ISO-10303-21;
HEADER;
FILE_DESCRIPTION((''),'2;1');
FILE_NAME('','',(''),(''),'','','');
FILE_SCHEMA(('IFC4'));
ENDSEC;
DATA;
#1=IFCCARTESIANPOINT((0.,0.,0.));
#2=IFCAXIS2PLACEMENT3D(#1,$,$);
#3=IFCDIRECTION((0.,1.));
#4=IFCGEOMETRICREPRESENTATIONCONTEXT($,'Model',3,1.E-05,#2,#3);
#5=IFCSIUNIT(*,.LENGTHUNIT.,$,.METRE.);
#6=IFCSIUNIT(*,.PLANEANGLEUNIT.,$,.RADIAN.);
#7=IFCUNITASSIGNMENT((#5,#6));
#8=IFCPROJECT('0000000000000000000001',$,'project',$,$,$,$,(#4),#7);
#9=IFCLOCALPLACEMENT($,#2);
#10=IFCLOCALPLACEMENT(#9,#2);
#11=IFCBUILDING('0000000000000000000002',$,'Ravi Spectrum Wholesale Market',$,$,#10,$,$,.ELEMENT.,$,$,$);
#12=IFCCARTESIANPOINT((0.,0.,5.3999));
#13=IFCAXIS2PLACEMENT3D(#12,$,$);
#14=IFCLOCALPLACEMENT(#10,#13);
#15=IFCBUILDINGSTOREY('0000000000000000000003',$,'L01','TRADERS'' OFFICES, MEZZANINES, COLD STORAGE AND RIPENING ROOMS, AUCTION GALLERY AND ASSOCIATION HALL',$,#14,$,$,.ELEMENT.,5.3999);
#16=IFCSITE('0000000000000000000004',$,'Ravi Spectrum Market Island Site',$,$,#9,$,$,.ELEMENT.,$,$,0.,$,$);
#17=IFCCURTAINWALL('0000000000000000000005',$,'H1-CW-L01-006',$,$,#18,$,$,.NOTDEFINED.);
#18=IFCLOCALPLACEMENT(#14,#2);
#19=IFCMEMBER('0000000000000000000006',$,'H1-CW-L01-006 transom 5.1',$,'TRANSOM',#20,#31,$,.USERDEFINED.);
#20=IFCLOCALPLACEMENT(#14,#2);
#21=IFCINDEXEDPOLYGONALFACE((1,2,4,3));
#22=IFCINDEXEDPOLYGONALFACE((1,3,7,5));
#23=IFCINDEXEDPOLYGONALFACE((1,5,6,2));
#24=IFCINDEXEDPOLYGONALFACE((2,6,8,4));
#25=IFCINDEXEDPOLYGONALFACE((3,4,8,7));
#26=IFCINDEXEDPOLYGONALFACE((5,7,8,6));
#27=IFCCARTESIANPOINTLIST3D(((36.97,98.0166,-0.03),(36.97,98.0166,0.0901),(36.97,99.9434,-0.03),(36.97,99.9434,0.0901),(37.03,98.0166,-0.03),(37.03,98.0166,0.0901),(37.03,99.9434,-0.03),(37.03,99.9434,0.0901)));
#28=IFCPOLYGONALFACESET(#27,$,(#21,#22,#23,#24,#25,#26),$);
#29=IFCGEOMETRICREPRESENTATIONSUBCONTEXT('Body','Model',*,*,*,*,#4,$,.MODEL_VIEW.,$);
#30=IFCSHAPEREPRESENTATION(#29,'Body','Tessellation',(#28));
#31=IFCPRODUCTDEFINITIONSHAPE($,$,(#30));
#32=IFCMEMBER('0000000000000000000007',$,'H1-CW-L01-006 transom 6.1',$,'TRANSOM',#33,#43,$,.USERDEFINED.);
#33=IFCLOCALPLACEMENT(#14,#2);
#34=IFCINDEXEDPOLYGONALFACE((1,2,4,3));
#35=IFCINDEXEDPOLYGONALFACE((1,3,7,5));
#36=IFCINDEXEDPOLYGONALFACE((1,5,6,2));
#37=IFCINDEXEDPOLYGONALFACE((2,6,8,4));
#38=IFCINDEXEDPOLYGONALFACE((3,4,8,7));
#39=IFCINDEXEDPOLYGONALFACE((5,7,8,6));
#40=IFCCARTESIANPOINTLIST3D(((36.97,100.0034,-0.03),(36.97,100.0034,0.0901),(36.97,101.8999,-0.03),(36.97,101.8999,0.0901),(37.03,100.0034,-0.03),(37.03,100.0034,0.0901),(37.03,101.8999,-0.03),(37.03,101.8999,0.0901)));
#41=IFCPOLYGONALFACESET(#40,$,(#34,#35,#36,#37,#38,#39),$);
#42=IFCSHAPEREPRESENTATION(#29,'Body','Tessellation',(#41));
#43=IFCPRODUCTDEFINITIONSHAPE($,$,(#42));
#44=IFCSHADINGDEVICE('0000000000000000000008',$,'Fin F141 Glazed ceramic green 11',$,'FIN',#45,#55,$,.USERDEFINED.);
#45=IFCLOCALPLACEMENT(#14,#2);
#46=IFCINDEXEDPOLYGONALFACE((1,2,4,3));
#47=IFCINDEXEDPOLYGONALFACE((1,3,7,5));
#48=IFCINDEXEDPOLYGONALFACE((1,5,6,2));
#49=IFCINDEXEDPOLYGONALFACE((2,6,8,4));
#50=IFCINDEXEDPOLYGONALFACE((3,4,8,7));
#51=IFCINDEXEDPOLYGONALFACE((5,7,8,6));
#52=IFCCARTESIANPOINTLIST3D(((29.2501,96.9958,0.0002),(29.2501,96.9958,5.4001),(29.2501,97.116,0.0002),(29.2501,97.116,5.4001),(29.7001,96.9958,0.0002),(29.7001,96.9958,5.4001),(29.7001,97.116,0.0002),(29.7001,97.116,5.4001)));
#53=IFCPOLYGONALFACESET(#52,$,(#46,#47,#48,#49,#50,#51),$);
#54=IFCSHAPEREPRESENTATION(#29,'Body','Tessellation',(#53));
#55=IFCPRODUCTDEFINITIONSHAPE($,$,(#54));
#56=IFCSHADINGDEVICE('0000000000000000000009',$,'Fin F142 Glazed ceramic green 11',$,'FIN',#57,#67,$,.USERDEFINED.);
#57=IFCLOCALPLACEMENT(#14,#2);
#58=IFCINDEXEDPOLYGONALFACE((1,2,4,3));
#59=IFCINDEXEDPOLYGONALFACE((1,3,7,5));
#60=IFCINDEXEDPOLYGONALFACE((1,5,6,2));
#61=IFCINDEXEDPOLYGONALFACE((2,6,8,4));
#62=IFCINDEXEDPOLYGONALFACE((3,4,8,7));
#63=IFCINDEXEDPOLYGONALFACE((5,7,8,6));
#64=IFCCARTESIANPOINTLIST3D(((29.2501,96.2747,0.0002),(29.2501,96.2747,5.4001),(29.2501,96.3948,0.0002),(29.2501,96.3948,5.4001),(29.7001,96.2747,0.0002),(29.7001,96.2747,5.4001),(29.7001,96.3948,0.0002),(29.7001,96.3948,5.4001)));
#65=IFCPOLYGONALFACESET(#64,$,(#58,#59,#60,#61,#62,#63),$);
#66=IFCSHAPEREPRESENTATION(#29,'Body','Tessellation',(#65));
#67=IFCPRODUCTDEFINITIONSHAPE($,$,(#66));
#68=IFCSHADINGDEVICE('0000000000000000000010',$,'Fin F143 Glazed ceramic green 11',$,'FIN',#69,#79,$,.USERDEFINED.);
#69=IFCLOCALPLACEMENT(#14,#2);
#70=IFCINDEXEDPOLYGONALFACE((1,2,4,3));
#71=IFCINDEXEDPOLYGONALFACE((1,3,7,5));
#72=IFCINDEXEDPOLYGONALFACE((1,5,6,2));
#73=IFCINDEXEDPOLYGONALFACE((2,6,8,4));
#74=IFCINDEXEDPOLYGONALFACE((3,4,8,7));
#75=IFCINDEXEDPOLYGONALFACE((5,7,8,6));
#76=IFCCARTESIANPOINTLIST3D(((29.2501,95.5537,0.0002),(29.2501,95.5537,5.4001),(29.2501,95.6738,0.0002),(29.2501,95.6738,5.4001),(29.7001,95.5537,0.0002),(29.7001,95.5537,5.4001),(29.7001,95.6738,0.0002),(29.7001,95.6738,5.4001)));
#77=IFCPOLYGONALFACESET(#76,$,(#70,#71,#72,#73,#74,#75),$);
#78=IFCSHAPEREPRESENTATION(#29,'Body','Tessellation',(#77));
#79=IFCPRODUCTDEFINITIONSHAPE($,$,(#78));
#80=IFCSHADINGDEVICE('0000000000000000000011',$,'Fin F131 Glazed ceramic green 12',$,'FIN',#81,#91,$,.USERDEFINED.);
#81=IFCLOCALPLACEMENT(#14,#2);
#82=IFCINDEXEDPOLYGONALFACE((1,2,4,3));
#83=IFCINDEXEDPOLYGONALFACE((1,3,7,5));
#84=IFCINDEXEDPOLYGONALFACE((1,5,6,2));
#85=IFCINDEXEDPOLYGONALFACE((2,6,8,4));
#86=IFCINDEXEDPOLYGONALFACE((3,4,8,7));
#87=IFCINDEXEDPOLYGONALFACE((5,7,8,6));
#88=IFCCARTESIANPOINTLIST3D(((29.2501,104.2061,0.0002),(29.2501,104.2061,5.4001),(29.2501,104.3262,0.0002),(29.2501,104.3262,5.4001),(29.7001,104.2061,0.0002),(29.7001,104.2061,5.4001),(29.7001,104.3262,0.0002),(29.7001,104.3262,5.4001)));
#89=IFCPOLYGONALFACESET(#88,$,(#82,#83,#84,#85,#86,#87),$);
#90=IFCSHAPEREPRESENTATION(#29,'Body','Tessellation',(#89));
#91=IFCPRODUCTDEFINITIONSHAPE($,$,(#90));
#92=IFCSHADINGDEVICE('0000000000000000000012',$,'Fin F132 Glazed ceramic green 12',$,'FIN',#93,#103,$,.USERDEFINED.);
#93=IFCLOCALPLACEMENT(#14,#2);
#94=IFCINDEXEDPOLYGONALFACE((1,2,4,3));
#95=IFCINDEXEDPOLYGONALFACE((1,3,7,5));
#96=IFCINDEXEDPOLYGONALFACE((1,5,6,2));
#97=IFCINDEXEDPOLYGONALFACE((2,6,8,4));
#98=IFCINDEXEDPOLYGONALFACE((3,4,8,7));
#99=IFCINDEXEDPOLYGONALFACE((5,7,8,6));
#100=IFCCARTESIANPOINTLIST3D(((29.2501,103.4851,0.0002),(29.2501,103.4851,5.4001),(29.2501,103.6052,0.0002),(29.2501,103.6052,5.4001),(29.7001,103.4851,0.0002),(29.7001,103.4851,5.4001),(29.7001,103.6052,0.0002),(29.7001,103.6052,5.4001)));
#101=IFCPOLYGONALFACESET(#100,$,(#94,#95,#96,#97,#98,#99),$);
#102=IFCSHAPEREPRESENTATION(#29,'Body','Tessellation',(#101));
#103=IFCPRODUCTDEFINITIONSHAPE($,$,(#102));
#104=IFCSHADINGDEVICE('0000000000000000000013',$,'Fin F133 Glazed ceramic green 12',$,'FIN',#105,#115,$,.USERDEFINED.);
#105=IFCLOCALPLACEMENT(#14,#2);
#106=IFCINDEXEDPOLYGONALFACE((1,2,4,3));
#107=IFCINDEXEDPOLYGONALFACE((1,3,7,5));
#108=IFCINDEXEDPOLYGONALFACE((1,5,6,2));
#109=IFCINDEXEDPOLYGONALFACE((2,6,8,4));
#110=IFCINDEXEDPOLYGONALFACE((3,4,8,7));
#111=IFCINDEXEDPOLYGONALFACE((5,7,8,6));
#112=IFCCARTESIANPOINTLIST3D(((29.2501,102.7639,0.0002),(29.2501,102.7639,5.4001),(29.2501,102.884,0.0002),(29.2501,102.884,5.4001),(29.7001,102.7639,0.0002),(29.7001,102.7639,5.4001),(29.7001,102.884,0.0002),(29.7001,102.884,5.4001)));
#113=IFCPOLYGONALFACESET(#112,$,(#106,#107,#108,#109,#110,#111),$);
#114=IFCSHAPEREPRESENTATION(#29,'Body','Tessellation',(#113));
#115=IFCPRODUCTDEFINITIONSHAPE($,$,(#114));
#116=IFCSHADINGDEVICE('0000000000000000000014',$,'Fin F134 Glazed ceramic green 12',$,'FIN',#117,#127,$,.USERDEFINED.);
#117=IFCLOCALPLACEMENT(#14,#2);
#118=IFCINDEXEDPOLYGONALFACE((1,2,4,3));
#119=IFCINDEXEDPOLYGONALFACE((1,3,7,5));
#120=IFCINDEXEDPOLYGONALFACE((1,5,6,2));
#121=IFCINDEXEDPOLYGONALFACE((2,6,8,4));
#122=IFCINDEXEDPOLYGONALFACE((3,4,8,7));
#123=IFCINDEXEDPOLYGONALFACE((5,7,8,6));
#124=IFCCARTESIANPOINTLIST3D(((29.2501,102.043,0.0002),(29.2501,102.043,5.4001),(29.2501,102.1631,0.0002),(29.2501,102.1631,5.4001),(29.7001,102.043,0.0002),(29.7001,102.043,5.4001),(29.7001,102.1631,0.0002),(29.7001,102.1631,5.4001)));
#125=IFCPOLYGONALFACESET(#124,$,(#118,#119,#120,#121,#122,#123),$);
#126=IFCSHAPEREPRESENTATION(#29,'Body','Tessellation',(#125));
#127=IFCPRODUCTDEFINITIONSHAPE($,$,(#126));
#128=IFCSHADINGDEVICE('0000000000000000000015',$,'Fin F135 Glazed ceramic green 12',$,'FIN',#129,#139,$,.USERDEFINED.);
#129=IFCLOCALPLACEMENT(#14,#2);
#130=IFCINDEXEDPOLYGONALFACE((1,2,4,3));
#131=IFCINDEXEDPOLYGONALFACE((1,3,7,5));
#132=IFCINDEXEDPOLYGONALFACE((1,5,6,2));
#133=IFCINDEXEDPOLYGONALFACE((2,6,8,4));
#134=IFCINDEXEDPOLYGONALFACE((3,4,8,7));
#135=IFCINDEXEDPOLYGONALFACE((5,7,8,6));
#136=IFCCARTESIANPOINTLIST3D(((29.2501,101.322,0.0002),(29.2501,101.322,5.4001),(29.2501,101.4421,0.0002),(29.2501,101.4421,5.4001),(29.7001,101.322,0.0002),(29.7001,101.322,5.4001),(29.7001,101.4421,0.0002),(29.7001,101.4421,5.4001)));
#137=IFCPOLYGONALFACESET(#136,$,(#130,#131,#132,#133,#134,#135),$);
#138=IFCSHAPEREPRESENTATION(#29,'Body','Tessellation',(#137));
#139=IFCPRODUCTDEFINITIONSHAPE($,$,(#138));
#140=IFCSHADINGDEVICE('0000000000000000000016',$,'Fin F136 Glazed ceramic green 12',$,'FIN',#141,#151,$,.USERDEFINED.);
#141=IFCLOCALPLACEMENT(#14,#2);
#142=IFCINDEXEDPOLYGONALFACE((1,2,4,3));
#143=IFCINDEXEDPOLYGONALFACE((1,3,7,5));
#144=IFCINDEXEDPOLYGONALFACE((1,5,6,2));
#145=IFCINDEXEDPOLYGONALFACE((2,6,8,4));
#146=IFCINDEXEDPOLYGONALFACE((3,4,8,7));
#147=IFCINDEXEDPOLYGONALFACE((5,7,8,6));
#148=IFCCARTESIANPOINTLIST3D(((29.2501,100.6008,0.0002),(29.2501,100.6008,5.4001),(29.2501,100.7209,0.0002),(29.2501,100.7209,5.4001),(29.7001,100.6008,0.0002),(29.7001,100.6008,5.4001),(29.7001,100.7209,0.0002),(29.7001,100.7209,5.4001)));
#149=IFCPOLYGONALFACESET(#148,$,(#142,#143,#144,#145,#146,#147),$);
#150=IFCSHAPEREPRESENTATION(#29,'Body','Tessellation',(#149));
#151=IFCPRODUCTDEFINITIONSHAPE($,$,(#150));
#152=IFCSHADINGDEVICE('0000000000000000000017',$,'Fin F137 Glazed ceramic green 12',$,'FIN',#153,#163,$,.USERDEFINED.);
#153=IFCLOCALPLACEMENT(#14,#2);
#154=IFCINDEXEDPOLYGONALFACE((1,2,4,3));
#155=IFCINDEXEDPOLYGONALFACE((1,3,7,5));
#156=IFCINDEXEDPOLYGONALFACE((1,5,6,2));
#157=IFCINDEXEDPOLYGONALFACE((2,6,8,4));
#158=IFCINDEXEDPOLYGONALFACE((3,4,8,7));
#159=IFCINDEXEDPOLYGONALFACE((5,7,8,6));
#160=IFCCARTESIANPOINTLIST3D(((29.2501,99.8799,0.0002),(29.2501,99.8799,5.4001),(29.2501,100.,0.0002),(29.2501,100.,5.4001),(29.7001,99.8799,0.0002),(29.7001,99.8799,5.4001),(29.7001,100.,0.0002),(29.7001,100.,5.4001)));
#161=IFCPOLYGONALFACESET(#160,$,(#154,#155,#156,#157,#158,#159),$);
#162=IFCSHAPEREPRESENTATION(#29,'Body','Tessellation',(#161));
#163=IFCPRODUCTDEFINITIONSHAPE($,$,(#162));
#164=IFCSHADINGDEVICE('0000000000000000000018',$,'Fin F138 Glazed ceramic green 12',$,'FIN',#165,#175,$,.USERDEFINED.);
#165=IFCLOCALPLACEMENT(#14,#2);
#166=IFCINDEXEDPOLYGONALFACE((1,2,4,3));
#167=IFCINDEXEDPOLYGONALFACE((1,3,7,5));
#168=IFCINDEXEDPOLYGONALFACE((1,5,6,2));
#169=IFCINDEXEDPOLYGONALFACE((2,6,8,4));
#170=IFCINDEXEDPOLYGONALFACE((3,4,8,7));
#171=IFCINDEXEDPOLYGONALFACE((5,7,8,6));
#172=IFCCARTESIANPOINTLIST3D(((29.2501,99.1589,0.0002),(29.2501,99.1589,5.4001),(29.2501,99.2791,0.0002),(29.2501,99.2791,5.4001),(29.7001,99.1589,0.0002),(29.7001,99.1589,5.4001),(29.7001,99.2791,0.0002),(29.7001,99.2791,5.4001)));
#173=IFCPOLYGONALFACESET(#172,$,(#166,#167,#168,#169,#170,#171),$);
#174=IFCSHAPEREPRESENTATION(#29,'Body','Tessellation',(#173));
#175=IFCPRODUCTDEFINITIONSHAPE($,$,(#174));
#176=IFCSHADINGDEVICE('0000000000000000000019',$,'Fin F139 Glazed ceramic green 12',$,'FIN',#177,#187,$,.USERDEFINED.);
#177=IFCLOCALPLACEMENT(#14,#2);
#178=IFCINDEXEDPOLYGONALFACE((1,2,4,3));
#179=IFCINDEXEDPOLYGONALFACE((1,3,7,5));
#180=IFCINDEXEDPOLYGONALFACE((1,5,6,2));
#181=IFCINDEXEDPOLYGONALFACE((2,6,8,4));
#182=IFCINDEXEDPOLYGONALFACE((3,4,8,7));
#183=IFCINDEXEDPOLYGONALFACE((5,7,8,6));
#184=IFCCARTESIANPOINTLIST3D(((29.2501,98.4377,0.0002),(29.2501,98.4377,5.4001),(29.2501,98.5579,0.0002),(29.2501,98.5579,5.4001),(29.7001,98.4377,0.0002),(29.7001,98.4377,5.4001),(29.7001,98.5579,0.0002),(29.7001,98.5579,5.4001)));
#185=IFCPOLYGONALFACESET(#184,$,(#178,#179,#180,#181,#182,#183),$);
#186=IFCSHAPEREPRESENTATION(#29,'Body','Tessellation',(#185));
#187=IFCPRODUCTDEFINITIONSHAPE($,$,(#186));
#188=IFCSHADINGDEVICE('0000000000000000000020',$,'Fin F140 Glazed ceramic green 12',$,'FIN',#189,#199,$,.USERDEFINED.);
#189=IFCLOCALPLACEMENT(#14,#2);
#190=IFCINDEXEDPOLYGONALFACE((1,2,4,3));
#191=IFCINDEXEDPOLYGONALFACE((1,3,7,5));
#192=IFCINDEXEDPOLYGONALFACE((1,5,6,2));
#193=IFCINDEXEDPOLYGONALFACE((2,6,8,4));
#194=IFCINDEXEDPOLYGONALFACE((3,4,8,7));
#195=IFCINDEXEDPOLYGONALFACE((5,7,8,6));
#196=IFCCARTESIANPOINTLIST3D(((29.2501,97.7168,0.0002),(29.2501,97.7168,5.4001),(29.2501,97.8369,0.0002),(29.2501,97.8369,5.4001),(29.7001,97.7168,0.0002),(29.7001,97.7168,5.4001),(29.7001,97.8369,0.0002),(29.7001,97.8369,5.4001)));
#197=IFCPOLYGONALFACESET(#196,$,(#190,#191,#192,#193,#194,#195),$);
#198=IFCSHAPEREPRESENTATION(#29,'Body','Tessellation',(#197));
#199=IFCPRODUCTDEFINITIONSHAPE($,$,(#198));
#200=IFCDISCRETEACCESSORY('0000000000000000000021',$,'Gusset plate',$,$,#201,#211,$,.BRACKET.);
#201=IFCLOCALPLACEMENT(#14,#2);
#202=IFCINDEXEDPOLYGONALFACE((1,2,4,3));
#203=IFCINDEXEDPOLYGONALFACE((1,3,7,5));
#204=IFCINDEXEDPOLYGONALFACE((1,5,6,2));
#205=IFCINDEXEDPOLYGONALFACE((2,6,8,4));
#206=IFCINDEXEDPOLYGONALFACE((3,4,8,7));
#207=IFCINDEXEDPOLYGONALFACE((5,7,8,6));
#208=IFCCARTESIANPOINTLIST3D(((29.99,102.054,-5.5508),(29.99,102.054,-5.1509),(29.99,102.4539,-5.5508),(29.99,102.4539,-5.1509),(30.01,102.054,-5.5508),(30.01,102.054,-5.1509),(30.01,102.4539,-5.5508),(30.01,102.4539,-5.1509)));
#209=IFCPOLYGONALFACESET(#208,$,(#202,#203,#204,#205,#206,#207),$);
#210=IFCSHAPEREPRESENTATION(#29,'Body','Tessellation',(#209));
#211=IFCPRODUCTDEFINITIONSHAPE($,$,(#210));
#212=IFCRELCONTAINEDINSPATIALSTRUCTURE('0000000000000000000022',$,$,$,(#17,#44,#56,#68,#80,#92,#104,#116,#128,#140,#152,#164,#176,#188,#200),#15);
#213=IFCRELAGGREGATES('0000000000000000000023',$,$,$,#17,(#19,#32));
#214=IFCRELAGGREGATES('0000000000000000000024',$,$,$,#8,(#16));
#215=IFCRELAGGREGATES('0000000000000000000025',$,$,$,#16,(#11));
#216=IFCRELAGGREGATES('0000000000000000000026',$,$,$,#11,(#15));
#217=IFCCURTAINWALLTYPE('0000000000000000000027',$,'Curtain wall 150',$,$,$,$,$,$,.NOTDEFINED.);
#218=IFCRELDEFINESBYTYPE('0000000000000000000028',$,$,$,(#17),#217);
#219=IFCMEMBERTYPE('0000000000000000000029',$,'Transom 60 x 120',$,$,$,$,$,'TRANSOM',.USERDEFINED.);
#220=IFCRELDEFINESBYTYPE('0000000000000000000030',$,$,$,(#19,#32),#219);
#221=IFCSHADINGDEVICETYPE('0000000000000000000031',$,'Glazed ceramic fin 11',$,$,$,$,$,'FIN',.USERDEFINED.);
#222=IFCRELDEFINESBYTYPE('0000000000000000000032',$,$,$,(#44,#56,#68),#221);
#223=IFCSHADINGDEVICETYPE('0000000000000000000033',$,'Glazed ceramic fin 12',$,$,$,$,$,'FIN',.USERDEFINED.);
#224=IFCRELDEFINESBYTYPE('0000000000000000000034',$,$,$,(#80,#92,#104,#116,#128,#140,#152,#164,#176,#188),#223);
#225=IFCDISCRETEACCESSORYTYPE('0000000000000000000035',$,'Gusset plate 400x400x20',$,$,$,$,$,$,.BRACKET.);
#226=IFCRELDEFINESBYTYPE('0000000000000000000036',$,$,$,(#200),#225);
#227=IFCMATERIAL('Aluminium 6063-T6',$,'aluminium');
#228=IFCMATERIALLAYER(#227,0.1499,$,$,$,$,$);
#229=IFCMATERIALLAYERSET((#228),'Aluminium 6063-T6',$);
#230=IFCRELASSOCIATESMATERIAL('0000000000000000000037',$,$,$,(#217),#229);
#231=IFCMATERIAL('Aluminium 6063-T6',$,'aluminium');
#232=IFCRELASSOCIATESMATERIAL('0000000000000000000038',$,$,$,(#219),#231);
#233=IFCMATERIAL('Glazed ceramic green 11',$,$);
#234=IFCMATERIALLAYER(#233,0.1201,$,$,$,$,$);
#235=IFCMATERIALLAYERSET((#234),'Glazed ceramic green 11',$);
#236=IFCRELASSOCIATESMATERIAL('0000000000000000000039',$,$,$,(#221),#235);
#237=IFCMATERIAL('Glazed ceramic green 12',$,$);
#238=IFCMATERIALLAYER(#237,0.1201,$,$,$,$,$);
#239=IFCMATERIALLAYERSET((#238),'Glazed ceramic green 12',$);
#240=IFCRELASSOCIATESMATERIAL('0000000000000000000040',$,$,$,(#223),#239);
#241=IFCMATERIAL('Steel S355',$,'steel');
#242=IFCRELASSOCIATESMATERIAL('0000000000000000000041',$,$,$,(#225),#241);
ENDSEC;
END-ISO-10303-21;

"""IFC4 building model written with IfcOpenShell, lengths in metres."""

from ifc_helpers import new_model, si_unit, direction, frame, origin, origin_2d, place, context, subcontext, project, spatial, rectangle, extrude, material, layer, layer_set, material_profile, profile_set, type_object, element, aggregate, save


model = new_model("IFC4")

# Units and contexts
model_context = context("Model", 3, precision=1e-05, world=origin(), true_north=direction((0.0, 1.0)))
body_context = subcontext(model_context, "Body", "Model", "MODEL_VIEW")
ifc_project = project(units=[si_unit("LENGTHUNIT", "METRE"), si_unit("PLANEANGLEUNIT", "RADIAN")], contexts=[model_context])

# Site, building, storey
site_placement = place(None, origin())
site = spatial("IfcSite", under=ifc_project, at=site_placement, Name="Ravi Spectrum Market Island Site", CompositionType="ELEMENT", RefElevation=0.0)
building_placement = place(site_placement, origin())
building = spatial("IfcBuilding", under=site, at=building_placement, Name="Ravi Spectrum Wholesale Market", CompositionType="ELEMENT")
storey_placement = place(building_placement, frame((0.0, 0.0, 5.3999)))
storey = spatial("IfcBuildingStorey", under=building, at=storey_placement, Name="L01", Description="TRADERS' OFFICES, MEZZANINES, COLD STORAGE AND RIPENING ROOMS, AUCTION GALLERY AND ASSOCIATION HALL", CompositionType="ELEMENT", Elevation=5.3999)

# Curtain wall
ifc_material_1 = material(Name="Aluminium 6063-T6", Category="aluminium")
ifc_layer_1 = layer(ifc_material_1, 0.1499)
ifc_layer_set_1 = layer_set([ifc_layer_1], Name="Aluminium 6063-T6")
curtain_wall_type = type_object("IfcCurtainWallType", Name="Curtain wall 150", PredefinedType="NOTDEFINED", material=ifc_layer_set_1)
curtain_wall_placement = place(storey_placement, origin())
curtain_wall = element("IfcCurtainWall", 1, at=curtain_wall_placement, inside=storey, type_object=curtain_wall_type, Name="H1-CW-L01-006", PredefinedType="NOTDEFINED")

# Members
ifc_material_2 = material(Name="Aluminium 6063-T6", Category="aluminium")
ifc_material_profile_1 = material_profile(ifc_material_2, rectangle(XDim=0.0601, YDim=0.1201, at=origin_2d()))
ifc_profile_set_1 = profile_set([ifc_material_profile_1], Name="Aluminium 6063-T6")
member_type_1 = type_object("IfcMemberType", Name="Transom 60 x 120", ElementType="TRANSOM", PredefinedType="USERDEFINED", material=ifc_profile_set_1)
member_1_placement = place(storey_placement, frame((37.0, 98.0166, 0.03), z_axis=(0.0, 1.0, 0.0), x_axis=(-1.0, 0.0, 0.0)))
member_1 = element("IfcMember", 2, at=member_1_placement, type_object=member_type_1, Name="H1-CW-L01-006 transom 5.1", ObjectType="TRANSOM", PredefinedType="USERDEFINED", context=body_context, shape_type="SweptSolid", body=[
    extrude(rectangle(XDim=0.0601, YDim=0.1201, at=origin_2d()), origin(), (0.0, 0.0, 1.0), 1.9268),
])
member_2_placement = place(storey_placement, frame((37.0, 100.0034, 0.03), z_axis=(0.0, 1.0, 0.0), x_axis=(-1.0, 0.0, 0.0)))
member_2 = element("IfcMember", 3, at=member_2_placement, type_object=member_type_1, Name="H1-CW-L01-006 transom 6.1", ObjectType="TRANSOM", PredefinedType="USERDEFINED", context=body_context, shape_type="SweptSolid", body=[
    extrude(rectangle(XDim=0.0601, YDim=0.1201, at=origin_2d()), origin(), (0.0, 0.0, 1.0), 1.8965),
])
aggregate(curtain_wall, [member_1, member_2])

# Shading devices
ifc_material_3 = material(Name="Glazed ceramic green 11")
ifc_layer_2 = layer(ifc_material_3, 0.1201)
ifc_layer_set_2 = layer_set([ifc_layer_2], Name="Glazed ceramic green 11")
shading_device_type_1 = type_object("IfcShadingDeviceType", Name="Glazed ceramic fin 11", ElementType="FIN", PredefinedType="USERDEFINED", material=ifc_layer_set_2)
for number, where, z_axis, x_axis, name in (
    (4, (29.4751, 97.0559, 0.0002), (0.0, 0.0, 1.0), (0.0, -1.0, 0.0), "Fin F141 Glazed ceramic green 11"),
    (5, (29.4751, 96.3347, 0.0002), (0.0, 0.0, 1.0), (0.0, -1.0, 0.0), "Fin F142 Glazed ceramic green 11"),
    (6, (29.4751, 95.6138, 0.0002), (0.0, 0.0, 1.0), (0.0, -1.0, 0.0), "Fin F143 Glazed ceramic green 11"),
):
    element("IfcShadingDevice", number, at=place(storey_placement, frame(where, z_axis=z_axis, x_axis=x_axis)), inside=storey, type_object=shading_device_type_1, Name=name, ObjectType="FIN", PredefinedType="USERDEFINED", context=body_context, shape_type="SweptSolid", body=[
        extrude(rectangle(XDim=0.1201, YDim=0.45, at=origin_2d()), origin(), (0.0, 0.0, 1.0), 5.3999),
    ])
ifc_material_4 = material(Name="Glazed ceramic green 12")
ifc_layer_3 = layer(ifc_material_4, 0.1201)
ifc_layer_set_3 = layer_set([ifc_layer_3], Name="Glazed ceramic green 12")
shading_device_type_2 = type_object("IfcShadingDeviceType", Name="Glazed ceramic fin 12", ElementType="FIN", PredefinedType="USERDEFINED", material=ifc_layer_set_3)
for number, where, z_axis, x_axis, name in (
    (7, (29.4751, 104.2661, 0.0002), (0.0, 0.0, 1.0), (0.0, -1.0, 0.0), "Fin F131 Glazed ceramic green 12"),
    (8, (29.4751, 103.5452, 0.0002), (0.0, 0.0, 1.0), (0.0, -1.0, 0.0), "Fin F132 Glazed ceramic green 12"),
    (9, (29.4751, 102.824, 0.0002), (0.0, 0.0, 1.0), (0.0, -1.0, 0.0), "Fin F133 Glazed ceramic green 12"),
    (10, (29.4751, 102.103, 0.0002), (0.0, 0.0, 1.0), (0.0, -1.0, 0.0), "Fin F134 Glazed ceramic green 12"),
    (11, (29.4751, 101.3821, 0.0002), (0.0, 0.0, 1.0), (0.0, -1.0, 0.0), "Fin F135 Glazed ceramic green 12"),
    (12, (29.4751, 100.6609, 0.0002), (0.0, 0.0, 1.0), (0.0, -1.0, 0.0), "Fin F136 Glazed ceramic green 12"),
    (13, (29.4751, 99.9399, 0.0002), (0.0, 0.0, 1.0), (0.0, -1.0, 0.0), "Fin F137 Glazed ceramic green 12"),
    (14, (29.4751, 99.219, 0.0002), (0.0, 0.0, 1.0), (0.0, -1.0, 0.0), "Fin F138 Glazed ceramic green 12"),
    (15, (29.4751, 98.4978, 0.0002), (0.0, 0.0, 1.0), (0.0, -1.0, 0.0), "Fin F139 Glazed ceramic green 12"),
    (16, (29.4751, 97.7769, 0.0002), (0.0, 0.0, 1.0), (0.0, -1.0, 0.0), "Fin F140 Glazed ceramic green 12"),
):
    element("IfcShadingDevice", number, at=place(storey_placement, frame(where, z_axis=z_axis, x_axis=x_axis)), inside=storey, type_object=shading_device_type_2, Name=name, ObjectType="FIN", PredefinedType="USERDEFINED", context=body_context, shape_type="SweptSolid", body=[
        extrude(rectangle(XDim=0.1201, YDim=0.45, at=origin_2d()), origin(), (0.0, 0.0, 1.0), 5.3999),
    ])

# Discrete accessory
ifc_material_5 = material(Name="Steel S355", Category="steel")
ifc_material_profile_2 = material_profile(ifc_material_5, rectangle(XDim=0.3999, YDim=0.02, at=origin_2d()))
ifc_profile_set_2 = profile_set([ifc_material_profile_2], Name="Steel S355")
discrete_accessory_type = type_object("IfcDiscreteAccessoryType", Name="Gusset plate 400x400x20", PredefinedType="BRACKET", material=ifc_profile_set_2)
discrete_accessory_placement = place(storey_placement, frame((30.0, 102.2539, -5.5508), z_axis=(0.0, 0.0, 1.0), x_axis=(0.0, 1.0, 0.0)))
element("IfcDiscreteAccessory", 17, at=discrete_accessory_placement, inside=storey, type_object=discrete_accessory_type, Name="Gusset plate", PredefinedType="BRACKET", context=body_context, shape_type="SweptSolid", body=[
    extrude(rectangle(XDim=0.3999, YDim=0.02, at=origin_2d()), origin(), (0.0, 0.0, 1.0), 0.3999),
])

save(model, "model.ifc")
